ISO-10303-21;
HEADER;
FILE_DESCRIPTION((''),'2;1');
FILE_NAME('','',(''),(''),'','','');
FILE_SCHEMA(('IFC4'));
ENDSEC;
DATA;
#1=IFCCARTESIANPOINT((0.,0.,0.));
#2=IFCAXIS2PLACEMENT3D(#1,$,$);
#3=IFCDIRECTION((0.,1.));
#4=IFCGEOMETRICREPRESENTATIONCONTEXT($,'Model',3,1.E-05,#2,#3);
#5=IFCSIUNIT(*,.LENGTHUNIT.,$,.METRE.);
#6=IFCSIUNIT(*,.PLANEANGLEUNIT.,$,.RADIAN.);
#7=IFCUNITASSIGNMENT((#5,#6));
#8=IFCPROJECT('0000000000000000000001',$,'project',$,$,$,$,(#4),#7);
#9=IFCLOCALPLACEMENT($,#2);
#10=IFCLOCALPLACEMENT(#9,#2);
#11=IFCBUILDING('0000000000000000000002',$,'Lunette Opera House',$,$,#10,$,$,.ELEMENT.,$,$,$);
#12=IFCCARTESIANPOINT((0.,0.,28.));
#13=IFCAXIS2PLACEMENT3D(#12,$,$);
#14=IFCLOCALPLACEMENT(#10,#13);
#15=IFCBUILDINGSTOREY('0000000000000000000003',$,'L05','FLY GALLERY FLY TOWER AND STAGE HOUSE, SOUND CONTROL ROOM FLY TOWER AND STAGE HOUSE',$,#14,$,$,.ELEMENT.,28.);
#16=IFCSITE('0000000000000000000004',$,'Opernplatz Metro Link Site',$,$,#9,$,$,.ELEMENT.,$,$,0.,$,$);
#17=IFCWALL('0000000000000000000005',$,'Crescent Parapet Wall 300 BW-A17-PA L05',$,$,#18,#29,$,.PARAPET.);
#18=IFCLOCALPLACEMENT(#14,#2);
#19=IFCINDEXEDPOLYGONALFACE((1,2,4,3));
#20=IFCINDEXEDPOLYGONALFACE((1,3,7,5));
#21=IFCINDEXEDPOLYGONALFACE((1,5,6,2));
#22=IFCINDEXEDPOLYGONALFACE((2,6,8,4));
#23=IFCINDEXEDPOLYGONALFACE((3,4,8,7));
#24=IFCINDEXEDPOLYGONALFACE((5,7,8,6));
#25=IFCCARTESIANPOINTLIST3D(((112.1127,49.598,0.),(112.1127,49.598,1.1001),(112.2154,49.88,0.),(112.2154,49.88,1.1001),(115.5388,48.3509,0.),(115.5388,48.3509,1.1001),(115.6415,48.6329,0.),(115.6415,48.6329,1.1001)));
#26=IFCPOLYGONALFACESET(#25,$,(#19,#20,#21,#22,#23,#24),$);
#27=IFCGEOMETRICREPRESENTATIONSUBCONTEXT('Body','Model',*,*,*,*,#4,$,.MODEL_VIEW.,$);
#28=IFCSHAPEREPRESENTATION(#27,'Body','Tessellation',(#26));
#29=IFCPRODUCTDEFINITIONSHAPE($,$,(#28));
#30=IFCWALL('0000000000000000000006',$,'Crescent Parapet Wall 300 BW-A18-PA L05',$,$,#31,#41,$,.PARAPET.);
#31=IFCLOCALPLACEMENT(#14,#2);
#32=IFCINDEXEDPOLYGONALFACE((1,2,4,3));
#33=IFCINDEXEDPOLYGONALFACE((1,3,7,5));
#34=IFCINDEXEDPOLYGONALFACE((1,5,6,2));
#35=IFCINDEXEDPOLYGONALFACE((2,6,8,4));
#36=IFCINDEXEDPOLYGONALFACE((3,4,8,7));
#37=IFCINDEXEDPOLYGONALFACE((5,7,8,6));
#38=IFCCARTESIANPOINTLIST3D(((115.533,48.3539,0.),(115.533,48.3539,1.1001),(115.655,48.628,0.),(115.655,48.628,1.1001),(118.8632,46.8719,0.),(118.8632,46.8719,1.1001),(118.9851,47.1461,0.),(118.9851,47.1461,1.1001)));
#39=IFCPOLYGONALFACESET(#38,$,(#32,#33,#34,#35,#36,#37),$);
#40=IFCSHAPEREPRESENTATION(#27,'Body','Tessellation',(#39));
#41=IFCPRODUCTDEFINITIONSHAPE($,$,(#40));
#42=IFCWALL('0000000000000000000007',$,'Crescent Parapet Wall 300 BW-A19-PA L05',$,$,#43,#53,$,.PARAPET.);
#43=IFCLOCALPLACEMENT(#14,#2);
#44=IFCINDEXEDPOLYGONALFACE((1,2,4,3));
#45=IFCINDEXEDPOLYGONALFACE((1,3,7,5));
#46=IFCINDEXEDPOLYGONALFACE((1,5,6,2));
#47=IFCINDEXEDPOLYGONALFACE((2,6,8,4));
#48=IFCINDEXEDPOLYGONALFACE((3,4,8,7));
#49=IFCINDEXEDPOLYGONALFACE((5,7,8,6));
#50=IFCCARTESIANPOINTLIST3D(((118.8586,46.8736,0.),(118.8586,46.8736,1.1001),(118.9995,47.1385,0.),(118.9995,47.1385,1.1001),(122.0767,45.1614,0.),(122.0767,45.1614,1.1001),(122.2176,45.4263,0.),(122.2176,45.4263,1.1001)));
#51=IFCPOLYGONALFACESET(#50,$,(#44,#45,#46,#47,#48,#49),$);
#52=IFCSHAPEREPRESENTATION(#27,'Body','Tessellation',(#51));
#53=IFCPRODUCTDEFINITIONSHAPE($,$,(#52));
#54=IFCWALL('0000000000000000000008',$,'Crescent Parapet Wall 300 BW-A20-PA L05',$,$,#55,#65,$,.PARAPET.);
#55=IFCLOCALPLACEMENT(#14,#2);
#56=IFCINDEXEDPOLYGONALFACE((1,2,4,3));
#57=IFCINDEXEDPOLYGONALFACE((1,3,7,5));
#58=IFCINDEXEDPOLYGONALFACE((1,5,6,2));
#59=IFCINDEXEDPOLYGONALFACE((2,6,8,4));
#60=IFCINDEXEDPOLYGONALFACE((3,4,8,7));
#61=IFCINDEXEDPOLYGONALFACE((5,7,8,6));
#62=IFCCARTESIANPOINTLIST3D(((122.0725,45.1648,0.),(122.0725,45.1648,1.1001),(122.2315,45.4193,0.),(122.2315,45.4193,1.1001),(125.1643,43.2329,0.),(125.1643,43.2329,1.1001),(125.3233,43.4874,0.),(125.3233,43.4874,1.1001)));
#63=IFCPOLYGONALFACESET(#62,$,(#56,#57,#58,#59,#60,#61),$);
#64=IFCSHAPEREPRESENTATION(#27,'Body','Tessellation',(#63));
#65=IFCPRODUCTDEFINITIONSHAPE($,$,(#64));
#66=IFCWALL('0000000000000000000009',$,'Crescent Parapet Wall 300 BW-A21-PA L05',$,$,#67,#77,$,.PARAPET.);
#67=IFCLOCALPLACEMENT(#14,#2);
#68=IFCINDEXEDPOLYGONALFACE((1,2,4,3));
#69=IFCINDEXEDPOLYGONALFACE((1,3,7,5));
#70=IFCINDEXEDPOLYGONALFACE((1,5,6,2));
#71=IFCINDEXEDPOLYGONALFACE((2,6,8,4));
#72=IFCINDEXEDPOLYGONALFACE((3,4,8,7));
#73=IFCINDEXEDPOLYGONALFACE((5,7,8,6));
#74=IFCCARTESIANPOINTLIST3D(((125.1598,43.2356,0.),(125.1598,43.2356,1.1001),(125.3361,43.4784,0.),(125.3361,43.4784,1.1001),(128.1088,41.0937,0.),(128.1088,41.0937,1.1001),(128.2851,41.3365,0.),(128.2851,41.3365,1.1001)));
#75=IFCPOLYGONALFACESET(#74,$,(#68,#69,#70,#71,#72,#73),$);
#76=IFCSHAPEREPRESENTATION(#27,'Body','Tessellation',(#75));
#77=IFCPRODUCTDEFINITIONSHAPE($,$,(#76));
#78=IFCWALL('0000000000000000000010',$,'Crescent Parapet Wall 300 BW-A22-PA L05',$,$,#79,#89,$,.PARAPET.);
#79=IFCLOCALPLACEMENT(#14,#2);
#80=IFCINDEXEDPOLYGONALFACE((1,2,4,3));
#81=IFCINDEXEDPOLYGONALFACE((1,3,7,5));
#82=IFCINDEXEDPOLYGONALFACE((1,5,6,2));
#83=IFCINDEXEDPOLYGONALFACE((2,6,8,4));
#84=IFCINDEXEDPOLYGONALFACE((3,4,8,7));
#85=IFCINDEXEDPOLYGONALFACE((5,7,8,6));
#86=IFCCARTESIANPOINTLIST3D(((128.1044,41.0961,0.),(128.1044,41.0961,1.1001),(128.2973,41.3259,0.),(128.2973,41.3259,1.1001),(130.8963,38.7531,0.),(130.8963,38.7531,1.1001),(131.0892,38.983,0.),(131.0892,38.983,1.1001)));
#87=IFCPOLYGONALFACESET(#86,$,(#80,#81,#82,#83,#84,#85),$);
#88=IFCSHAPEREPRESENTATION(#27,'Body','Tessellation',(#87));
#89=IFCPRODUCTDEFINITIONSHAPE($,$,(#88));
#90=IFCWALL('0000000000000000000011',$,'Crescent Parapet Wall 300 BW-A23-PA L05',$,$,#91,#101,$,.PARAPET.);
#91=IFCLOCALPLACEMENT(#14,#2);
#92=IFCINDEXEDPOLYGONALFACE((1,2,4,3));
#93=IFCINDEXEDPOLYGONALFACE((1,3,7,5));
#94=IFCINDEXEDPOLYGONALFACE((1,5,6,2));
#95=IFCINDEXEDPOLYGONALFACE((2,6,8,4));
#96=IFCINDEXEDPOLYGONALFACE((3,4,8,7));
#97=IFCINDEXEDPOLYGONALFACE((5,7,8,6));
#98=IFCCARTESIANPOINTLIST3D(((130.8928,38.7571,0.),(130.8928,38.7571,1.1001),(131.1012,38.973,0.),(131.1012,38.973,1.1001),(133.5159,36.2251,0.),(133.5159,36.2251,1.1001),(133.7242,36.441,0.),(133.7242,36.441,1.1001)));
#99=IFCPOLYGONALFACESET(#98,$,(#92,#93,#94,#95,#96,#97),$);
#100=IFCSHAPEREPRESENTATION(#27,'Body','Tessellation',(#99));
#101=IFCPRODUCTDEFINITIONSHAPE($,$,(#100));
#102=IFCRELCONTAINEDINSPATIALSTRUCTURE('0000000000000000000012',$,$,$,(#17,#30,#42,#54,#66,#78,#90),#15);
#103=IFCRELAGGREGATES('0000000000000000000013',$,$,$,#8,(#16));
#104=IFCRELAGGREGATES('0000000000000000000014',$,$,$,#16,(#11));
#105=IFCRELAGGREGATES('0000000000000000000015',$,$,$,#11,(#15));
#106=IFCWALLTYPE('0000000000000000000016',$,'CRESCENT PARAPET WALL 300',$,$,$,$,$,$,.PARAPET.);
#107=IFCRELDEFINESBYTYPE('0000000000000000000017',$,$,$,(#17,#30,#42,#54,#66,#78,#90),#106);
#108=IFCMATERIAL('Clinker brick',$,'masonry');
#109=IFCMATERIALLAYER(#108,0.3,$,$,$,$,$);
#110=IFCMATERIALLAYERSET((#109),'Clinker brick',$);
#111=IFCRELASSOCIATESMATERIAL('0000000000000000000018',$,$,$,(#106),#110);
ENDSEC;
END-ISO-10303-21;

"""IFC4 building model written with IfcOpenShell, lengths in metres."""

from ifc_helpers import new_model, si_unit, direction, frame, frame_2d, origin, place, context, subcontext, project, spatial, rectangle, extrude, material, layer, layer_set, type_object, element, save


model = new_model("IFC4")

# Units and contexts
model_context = context("Model", 3, precision=1e-05, world=origin(), true_north=direction((0.0, 1.0)))
body_context = subcontext(model_context, "Body", "Model", "MODEL_VIEW")
ifc_project = project(units=[si_unit("LENGTHUNIT", "METRE"), si_unit("PLANEANGLEUNIT", "RADIAN")], contexts=[model_context])

# Site, building, storey
site_placement = place(None, origin())
site = spatial("IfcSite", under=ifc_project, at=site_placement, Name="Opernplatz Metro Link Site", CompositionType="ELEMENT", RefElevation=0.0)
building_placement = place(site_placement, origin())
building = spatial("IfcBuilding", under=site, at=building_placement, Name="Lunette Opera House", CompositionType="ELEMENT")
storey_placement = place(building_placement, frame((0.0, 0.0, 28.0)))
storey = spatial("IfcBuildingStorey", under=building, at=storey_placement, Name="L05", Description="FLY GALLERY FLY TOWER AND STAGE HOUSE, SOUND CONTROL ROOM FLY TOWER AND STAGE HOUSE", CompositionType="ELEMENT", Elevation=28.0)

# Walls
ifc_material = material(Name="Clinker brick", Category="masonry")
ifc_layer = layer(ifc_material, 0.3)
ifc_layer_set = layer_set([ifc_layer], Name="Clinker brick")
wall_type = type_object("IfcWallType", Name="CRESCENT PARAPET WALL 300", PredefinedType="PARAPET", material=ifc_layer_set)
wall_1_placement = place(storey_placement, frame((112.1641, 49.739, 0.0), z_axis=(0.0, 0.0, 1.0), x_axis=(0.939684, -0.342044, 0.0)))
element("IfcWall", 1, at=wall_1_placement, inside=storey, type_object=wall_type, Name="Crescent Parapet Wall 300 BW-A17-PA L05", PredefinedType="PARAPET", context=body_context, shape_type="SweptSolid", body=[
    extrude(rectangle(XDim=3.646, YDim=0.3, at=frame_2d((1.823, 0.0))), origin(), (0.0, 0.0, 1.0), 1.1001),
])
wall_2_placement = place(storey_placement, frame((115.594, 48.491, 0.0), z_axis=(0.0, 0.0, 1.0), x_axis=(0.913618, -0.406573, 0.0)))
element("IfcWall", 2, at=wall_2_placement, inside=storey, type_object=wall_type, Name="Crescent Parapet Wall 300 BW-A18-PA L05", PredefinedType="PARAPET", context=body_context, shape_type="SweptSolid", body=[
    extrude(rectangle(XDim=3.645, YDim=0.3, at=frame_2d((1.8225, 0.0))), origin(), (0.0, 0.0, 1.0), 1.1001),
])
wall_3_placement = place(storey_placement, frame((118.929, 47.0061, 0.0), z_axis=(0.0, 0.0, 1.0), x_axis=(0.882822, -0.469708, 0.0)))
element("IfcWall", 3, at=wall_3_placement, inside=storey, type_object=wall_type, Name="Crescent Parapet Wall 300 BW-A19-PA L05", PredefinedType="PARAPET", context=body_context, shape_type="SweptSolid", body=[
    extrude(rectangle(XDim=3.6453, YDim=0.3, at=frame_2d((1.8228, 0.0))), origin(), (0.0, 0.0, 1.0), 1.1001),
])
wall_4_placement = place(storey_placement, frame((122.1521, 45.292, 0.0), z_axis=(0.0, 0.0, 1.0), x_axis=(0.848058, -0.529903, 0.0)))
element("IfcWall", 4, at=wall_4_placement, inside=storey, type_object=wall_type, Name="Crescent Parapet Wall 300 BW-A20-PA L05", PredefinedType="PARAPET", context=body_context, shape_type="SweptSolid", body=[
    extrude(rectangle(XDim=3.6458, YDim=0.3, at=frame_2d((1.8228, 0.0))), origin(), (0.0, 0.0, 1.0), 1.1001),
])
for number, where, z_axis, x_axis, name in (
    (5, (125.248, 43.3569, 0.0), (0.0, 0.0, 1.0), (0.80911, -0.587658, 0.0), "Crescent Parapet Wall 300 BW-A21-PA L05"),
    (6, (128.2009, 41.2109, 0.0), (0.0, 0.0, 1.0), (0.76601, -0.642829, 0.0), "Crescent Parapet Wall 300 BW-A22-PA L05"),
):
    element("IfcWall", number, at=place(storey_placement, frame(where, z_axis=z_axis, x_axis=x_axis)), inside=storey, type_object=wall_type, Name=name, PredefinedType="PARAPET", context=body_context, shape_type="SweptSolid", body=[
        extrude(rectangle(XDim=3.6448, YDim=0.3, at=frame_2d((1.8223, 0.0))), origin(), (0.0, 0.0, 1.0), 1.1001),
    ])
wall_5_placement = place(storey_placement, frame((130.9971, 38.865, 0.0), z_axis=(0.0, 0.0, 1.0), x_axis=(0.719486, -0.694507, 0.0)))
element("IfcWall", 7, at=wall_5_placement, inside=storey, type_object=wall_type, Name="Crescent Parapet Wall 300 BW-A23-PA L05", PredefinedType="PARAPET", context=body_context, shape_type="SweptSolid", body=[
    extrude(rectangle(XDim=3.6458, YDim=0.3, at=frame_2d((1.8228, 0.0))), origin(), (0.0, 0.0, 1.0), 1.1001),
])

save(model, "model.ifc")
